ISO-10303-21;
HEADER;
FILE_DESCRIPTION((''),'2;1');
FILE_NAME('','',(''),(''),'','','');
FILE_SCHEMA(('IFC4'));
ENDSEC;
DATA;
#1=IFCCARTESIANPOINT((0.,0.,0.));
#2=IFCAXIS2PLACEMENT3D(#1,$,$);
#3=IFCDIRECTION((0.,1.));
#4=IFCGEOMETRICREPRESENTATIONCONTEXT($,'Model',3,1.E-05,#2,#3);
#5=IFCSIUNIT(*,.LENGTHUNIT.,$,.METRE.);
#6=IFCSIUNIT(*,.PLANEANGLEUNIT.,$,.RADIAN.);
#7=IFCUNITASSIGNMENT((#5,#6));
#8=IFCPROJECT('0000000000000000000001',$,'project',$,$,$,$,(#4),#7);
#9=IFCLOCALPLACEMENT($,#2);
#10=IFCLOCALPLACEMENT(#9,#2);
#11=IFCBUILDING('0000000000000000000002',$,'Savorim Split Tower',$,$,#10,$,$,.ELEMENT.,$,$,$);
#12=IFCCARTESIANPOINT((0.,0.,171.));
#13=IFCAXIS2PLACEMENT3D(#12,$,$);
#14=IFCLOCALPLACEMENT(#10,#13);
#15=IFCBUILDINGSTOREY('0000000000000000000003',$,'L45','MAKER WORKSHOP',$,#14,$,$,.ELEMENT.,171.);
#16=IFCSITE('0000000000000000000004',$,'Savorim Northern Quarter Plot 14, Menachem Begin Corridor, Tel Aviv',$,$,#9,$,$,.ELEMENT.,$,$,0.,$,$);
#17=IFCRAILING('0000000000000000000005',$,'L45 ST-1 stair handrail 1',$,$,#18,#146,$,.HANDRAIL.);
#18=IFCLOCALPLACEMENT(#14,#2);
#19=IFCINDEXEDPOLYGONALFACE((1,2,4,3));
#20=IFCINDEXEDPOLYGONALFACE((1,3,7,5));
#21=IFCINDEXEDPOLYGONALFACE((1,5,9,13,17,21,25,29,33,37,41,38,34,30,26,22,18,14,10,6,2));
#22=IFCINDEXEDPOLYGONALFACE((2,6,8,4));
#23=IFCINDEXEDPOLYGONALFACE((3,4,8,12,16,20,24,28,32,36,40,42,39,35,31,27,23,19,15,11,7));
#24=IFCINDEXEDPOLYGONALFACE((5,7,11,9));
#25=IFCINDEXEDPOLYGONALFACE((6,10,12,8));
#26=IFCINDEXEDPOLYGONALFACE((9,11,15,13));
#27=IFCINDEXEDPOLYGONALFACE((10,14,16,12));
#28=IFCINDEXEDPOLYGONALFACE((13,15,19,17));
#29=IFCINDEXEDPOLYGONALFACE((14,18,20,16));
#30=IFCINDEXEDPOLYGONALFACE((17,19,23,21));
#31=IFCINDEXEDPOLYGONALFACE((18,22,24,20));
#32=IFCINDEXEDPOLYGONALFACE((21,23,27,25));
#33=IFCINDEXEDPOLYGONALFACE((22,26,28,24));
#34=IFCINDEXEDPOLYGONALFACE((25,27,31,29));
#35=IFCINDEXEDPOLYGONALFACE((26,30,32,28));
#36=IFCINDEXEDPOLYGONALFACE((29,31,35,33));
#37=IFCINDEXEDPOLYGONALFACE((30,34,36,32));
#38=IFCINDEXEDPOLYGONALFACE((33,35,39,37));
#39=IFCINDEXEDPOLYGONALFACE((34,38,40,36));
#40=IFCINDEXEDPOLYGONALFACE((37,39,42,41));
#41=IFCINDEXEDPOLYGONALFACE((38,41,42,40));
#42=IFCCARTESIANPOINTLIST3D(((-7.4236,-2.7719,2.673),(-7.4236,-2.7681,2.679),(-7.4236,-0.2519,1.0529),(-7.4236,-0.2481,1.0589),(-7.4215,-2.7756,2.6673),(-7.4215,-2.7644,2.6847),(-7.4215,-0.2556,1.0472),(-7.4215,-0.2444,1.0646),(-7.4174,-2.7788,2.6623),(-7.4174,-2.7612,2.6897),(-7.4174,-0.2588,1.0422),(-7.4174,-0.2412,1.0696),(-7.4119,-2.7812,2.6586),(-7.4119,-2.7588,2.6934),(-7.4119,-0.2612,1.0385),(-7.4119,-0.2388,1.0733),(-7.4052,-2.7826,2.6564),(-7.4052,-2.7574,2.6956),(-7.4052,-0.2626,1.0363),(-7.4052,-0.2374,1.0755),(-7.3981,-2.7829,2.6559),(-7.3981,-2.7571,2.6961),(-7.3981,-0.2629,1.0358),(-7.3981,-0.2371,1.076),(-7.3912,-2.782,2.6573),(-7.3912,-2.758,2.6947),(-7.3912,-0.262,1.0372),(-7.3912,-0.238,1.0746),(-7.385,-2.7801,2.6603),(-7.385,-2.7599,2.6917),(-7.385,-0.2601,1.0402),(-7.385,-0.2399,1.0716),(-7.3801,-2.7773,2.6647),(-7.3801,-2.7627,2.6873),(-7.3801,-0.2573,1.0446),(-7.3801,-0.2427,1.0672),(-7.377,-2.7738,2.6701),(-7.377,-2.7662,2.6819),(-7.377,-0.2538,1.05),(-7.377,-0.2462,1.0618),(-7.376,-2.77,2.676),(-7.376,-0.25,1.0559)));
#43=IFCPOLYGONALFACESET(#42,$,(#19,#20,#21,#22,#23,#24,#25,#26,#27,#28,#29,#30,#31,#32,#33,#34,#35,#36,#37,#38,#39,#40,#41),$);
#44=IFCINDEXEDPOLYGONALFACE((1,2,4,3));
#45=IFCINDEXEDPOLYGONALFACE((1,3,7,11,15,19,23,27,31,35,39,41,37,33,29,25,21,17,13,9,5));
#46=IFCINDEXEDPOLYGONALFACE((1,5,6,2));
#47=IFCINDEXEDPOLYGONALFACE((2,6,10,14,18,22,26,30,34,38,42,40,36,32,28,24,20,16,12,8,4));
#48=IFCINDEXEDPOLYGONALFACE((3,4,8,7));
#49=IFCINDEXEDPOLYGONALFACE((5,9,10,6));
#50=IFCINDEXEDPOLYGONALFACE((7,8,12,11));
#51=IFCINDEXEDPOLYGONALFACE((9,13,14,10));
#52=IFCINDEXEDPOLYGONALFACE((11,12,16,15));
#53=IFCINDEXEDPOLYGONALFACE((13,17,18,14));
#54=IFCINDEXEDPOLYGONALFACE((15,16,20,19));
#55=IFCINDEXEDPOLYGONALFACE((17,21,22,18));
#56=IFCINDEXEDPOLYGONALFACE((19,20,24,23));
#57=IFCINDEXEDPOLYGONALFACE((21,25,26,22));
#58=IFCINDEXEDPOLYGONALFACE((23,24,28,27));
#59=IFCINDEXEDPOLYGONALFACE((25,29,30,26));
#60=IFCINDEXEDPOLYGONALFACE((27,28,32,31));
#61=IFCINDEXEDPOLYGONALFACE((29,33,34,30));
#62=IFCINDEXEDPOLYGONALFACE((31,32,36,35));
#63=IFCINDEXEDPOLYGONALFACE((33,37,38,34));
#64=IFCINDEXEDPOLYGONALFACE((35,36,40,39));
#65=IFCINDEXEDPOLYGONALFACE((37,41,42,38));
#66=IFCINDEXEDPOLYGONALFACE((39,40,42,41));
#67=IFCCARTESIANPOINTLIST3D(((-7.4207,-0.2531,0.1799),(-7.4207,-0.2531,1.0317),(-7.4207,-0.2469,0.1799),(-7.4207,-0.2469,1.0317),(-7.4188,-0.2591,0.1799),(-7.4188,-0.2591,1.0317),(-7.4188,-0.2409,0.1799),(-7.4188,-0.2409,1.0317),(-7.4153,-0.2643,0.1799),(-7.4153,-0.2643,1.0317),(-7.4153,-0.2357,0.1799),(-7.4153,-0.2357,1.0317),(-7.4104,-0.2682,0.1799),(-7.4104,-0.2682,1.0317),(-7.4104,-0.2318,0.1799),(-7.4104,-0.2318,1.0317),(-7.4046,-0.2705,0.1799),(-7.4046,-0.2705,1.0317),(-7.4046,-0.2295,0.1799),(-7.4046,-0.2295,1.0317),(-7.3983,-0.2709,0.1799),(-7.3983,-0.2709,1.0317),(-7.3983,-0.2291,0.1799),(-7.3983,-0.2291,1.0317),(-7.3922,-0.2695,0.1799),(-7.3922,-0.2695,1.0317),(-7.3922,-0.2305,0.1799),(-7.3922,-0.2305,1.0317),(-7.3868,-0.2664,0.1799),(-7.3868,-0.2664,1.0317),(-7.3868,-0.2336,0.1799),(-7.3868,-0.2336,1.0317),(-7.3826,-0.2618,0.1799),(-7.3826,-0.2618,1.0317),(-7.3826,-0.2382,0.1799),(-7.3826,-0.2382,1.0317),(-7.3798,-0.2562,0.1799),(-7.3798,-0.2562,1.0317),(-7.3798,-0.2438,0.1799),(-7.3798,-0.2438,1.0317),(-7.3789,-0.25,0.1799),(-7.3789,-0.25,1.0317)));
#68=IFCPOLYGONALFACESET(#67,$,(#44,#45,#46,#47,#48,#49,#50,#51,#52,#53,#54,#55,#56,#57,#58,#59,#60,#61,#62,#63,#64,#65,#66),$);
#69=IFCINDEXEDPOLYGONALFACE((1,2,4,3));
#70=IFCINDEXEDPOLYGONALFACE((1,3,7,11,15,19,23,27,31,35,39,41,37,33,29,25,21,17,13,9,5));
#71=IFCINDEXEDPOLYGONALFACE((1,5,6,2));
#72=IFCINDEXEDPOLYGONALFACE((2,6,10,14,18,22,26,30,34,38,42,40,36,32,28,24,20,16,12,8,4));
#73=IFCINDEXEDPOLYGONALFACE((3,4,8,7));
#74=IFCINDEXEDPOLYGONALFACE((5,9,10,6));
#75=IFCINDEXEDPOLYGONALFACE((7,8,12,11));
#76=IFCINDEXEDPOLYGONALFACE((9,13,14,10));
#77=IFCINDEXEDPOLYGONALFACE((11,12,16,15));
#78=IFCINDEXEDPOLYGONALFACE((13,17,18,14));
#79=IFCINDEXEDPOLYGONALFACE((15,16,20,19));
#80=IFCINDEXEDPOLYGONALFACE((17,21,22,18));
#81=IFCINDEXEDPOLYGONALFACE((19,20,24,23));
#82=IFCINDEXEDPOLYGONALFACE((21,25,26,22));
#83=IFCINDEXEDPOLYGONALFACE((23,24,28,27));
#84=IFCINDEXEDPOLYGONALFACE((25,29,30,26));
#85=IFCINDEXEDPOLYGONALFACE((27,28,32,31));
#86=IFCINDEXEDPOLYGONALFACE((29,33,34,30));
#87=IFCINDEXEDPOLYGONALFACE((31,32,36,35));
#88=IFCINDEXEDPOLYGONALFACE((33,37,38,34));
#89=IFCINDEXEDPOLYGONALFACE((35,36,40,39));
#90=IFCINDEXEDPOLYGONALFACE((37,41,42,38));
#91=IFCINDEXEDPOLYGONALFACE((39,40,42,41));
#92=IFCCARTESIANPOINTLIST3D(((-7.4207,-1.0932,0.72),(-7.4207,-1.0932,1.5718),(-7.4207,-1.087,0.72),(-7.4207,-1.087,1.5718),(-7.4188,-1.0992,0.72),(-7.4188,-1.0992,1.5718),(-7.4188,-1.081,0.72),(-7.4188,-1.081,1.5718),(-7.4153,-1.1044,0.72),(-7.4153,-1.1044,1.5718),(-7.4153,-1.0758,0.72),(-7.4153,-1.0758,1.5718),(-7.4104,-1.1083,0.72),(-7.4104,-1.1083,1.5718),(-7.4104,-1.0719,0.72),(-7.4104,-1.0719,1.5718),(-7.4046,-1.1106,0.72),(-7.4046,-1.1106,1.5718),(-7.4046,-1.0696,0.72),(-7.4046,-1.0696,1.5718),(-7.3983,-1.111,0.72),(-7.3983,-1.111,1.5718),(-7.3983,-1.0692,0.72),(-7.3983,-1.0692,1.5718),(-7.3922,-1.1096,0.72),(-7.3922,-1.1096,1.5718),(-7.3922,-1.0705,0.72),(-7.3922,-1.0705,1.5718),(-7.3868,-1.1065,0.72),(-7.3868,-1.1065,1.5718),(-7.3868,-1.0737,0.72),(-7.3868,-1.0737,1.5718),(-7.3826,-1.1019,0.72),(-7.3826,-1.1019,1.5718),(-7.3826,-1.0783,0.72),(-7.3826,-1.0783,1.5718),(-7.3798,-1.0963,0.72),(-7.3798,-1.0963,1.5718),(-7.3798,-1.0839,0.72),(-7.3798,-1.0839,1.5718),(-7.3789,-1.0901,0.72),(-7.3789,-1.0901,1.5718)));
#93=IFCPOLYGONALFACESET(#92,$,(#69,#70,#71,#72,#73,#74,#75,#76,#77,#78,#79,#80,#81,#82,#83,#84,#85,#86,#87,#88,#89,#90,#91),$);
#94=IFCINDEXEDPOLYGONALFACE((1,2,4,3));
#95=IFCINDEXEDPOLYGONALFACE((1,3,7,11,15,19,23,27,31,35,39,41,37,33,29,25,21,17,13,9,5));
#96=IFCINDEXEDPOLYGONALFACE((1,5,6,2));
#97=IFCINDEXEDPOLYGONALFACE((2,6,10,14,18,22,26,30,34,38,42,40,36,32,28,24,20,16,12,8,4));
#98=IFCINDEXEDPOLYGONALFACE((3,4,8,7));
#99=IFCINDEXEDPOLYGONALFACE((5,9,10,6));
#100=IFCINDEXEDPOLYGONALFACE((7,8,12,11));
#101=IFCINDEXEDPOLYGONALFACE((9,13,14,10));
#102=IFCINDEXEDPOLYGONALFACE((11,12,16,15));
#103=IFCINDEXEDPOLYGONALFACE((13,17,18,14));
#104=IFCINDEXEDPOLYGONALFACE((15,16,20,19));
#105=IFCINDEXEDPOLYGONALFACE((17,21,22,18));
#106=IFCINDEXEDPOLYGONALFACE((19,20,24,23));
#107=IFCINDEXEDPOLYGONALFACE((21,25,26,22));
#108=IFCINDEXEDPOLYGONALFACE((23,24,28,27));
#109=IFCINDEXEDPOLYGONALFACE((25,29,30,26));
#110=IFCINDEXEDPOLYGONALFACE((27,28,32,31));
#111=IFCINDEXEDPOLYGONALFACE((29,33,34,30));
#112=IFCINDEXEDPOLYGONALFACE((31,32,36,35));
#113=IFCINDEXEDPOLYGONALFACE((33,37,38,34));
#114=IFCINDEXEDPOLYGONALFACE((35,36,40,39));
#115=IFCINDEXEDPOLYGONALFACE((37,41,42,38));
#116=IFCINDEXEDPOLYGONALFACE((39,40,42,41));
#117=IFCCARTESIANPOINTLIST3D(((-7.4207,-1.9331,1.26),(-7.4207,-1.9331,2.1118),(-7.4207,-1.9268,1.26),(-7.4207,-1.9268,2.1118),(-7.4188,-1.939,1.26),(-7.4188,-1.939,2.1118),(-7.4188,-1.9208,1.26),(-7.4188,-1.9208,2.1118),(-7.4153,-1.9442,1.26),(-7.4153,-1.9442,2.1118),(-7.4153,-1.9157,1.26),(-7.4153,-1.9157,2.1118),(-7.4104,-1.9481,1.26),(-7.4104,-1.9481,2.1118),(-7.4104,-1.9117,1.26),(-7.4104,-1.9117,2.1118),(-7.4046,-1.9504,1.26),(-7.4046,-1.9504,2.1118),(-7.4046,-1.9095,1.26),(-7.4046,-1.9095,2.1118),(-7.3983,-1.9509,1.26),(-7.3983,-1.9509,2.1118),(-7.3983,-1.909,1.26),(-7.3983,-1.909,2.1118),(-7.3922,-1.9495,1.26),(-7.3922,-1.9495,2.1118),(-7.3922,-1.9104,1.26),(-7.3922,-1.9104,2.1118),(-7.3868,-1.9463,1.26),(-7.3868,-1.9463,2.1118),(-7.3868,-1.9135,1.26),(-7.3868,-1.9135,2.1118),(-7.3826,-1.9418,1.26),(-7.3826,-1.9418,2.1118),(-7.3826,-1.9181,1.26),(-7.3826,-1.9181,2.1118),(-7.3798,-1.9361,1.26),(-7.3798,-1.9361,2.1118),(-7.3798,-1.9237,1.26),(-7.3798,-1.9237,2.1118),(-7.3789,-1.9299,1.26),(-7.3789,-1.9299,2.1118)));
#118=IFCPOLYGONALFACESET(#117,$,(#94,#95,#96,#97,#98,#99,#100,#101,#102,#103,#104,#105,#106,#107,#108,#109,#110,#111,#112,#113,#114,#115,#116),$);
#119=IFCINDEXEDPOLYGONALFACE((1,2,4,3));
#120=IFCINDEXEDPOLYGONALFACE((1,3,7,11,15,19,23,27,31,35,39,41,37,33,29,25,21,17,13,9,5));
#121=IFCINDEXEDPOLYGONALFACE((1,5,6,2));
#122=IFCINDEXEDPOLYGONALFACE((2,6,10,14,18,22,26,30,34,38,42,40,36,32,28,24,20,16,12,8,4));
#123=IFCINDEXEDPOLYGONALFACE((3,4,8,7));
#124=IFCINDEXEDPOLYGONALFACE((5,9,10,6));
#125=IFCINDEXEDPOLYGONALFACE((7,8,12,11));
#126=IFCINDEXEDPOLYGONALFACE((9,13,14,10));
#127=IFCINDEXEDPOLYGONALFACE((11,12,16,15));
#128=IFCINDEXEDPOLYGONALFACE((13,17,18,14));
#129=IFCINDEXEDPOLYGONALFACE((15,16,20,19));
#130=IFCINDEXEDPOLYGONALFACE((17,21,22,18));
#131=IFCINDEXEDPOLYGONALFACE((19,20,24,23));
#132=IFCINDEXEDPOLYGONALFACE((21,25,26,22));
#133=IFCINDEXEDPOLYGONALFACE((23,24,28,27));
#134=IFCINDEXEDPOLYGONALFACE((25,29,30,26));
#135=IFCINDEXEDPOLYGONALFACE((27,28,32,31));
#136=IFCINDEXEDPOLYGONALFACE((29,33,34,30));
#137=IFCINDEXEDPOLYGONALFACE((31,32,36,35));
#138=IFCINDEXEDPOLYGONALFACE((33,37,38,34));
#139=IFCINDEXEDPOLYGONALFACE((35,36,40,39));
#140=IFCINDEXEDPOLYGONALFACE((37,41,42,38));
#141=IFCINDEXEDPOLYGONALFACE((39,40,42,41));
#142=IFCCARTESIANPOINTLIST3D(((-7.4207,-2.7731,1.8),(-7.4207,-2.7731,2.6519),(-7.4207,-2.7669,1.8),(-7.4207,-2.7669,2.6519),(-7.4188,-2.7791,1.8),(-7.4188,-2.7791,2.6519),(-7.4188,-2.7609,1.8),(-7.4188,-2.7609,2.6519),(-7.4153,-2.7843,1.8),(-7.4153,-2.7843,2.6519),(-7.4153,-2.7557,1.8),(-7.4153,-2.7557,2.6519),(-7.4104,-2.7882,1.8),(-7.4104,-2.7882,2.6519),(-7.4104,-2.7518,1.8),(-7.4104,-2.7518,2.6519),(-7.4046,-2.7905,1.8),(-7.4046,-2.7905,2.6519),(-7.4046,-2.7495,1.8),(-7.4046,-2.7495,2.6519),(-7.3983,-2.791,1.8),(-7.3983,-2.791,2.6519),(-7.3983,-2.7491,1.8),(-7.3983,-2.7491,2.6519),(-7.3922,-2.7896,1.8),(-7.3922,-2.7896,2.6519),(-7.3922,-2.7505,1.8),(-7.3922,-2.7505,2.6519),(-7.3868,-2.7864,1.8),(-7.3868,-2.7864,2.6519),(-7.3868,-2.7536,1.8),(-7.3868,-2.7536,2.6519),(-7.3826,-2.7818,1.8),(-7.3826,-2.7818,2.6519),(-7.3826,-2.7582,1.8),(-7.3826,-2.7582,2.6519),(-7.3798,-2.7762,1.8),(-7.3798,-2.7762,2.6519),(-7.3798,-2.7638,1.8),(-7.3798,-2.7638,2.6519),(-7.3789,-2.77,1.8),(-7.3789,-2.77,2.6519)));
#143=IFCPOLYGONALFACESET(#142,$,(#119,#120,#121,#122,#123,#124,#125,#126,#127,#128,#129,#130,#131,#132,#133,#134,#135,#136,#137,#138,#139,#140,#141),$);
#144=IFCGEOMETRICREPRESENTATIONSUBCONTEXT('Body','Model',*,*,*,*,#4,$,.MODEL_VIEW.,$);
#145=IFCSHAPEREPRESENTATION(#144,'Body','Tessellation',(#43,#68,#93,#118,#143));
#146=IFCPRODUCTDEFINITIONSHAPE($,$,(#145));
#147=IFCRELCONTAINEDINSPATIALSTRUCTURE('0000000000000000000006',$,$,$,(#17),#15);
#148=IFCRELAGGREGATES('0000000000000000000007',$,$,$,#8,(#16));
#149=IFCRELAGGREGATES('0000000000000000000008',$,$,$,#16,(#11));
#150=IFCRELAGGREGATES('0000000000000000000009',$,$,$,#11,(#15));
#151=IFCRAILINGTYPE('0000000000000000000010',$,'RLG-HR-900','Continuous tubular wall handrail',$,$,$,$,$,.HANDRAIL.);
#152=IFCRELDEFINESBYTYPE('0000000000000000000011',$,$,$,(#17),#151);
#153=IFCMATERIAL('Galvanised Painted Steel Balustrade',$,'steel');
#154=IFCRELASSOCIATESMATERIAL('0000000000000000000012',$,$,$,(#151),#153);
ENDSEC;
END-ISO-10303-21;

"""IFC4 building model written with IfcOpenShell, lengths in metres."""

from ifc_helpers import new_model, si_unit, direction, frame, origin, origin_2d, place, context, subcontext, project, spatial, circle, extrude, material, type_object, element, save


model = new_model("IFC4")

# Units and contexts
model_context = context("Model", 3, precision=1e-05, world=origin(), true_north=direction((0.0, 1.0)))
body_context = subcontext(model_context, "Body", "Model", "MODEL_VIEW")
ifc_project = project(units=[si_unit("LENGTHUNIT", "METRE"), si_unit("PLANEANGLEUNIT", "RADIAN")], contexts=[model_context])

# Site, building, storey
site_placement = place(None, origin())
site = spatial("IfcSite", under=ifc_project, at=site_placement, Name="Savorim Northern Quarter Plot 14, Menachem Begin Corridor, Tel Aviv", CompositionType="ELEMENT", RefElevation=0.0)
building_placement = place(site_placement, origin())
building = spatial("IfcBuilding", under=site, at=building_placement, Name="Savorim Split Tower", CompositionType="ELEMENT")
storey_placement = place(building_placement, frame((0.0, 0.0, 171.0)))
storey = spatial("IfcBuildingStorey", under=building, at=storey_placement, Name="L45", Description="MAKER WORKSHOP", CompositionType="ELEMENT", Elevation=171.0)

# Railing
ifc_material_1 = material(Name="Galvanised Painted Steel Balustrade", Category="steel")
railing_type_1 = type_object("IfcRailingType", Name="RLG-HR-900", Description="Continuous tubular wall handrail", PredefinedType="HANDRAIL", material=ifc_material_1)
railing_1_placement = place(storey_placement, frame((-7.3999, -0.25, 0.1799)))
element("IfcRailing", 1, at=railing_1_placement, inside=storey, type_object=railing_type_1, Name="L45 ST-1 stair handrail 1", PredefinedType="HANDRAIL", context=body_context, shape_type="SweptSolid", body=[
    extrude(circle(Radius=0.0239, at=origin_2d()), frame((0.0, 0.0, 0.876), z_axis=(0.0, -0.841163, 0.540782), x_axis=(1.0, 0.0, 0.0)), (0.0, 0.0, 1.0), 2.9958),
    extrude(circle(Radius=0.021, at=origin_2d()), origin(), (0.0, 0.0, 1.0), 0.8518),
    extrude(circle(Radius=0.021, at=origin_2d()), frame((0.0, -0.8401, 0.54)), (0.0, 0.0, 1.0), 0.8518),
    extrude(circle(Radius=0.021, at=origin_2d()), frame((0.0, -1.6799, 1.0801)), (0.0, 0.0, 1.0), 0.8518),
    extrude(circle(Radius=0.021, at=origin_2d()), frame((0.0, -2.52, 1.6201)), (0.0, 0.0, 1.0), 0.8518),
])

save(model, "model.ifc")
